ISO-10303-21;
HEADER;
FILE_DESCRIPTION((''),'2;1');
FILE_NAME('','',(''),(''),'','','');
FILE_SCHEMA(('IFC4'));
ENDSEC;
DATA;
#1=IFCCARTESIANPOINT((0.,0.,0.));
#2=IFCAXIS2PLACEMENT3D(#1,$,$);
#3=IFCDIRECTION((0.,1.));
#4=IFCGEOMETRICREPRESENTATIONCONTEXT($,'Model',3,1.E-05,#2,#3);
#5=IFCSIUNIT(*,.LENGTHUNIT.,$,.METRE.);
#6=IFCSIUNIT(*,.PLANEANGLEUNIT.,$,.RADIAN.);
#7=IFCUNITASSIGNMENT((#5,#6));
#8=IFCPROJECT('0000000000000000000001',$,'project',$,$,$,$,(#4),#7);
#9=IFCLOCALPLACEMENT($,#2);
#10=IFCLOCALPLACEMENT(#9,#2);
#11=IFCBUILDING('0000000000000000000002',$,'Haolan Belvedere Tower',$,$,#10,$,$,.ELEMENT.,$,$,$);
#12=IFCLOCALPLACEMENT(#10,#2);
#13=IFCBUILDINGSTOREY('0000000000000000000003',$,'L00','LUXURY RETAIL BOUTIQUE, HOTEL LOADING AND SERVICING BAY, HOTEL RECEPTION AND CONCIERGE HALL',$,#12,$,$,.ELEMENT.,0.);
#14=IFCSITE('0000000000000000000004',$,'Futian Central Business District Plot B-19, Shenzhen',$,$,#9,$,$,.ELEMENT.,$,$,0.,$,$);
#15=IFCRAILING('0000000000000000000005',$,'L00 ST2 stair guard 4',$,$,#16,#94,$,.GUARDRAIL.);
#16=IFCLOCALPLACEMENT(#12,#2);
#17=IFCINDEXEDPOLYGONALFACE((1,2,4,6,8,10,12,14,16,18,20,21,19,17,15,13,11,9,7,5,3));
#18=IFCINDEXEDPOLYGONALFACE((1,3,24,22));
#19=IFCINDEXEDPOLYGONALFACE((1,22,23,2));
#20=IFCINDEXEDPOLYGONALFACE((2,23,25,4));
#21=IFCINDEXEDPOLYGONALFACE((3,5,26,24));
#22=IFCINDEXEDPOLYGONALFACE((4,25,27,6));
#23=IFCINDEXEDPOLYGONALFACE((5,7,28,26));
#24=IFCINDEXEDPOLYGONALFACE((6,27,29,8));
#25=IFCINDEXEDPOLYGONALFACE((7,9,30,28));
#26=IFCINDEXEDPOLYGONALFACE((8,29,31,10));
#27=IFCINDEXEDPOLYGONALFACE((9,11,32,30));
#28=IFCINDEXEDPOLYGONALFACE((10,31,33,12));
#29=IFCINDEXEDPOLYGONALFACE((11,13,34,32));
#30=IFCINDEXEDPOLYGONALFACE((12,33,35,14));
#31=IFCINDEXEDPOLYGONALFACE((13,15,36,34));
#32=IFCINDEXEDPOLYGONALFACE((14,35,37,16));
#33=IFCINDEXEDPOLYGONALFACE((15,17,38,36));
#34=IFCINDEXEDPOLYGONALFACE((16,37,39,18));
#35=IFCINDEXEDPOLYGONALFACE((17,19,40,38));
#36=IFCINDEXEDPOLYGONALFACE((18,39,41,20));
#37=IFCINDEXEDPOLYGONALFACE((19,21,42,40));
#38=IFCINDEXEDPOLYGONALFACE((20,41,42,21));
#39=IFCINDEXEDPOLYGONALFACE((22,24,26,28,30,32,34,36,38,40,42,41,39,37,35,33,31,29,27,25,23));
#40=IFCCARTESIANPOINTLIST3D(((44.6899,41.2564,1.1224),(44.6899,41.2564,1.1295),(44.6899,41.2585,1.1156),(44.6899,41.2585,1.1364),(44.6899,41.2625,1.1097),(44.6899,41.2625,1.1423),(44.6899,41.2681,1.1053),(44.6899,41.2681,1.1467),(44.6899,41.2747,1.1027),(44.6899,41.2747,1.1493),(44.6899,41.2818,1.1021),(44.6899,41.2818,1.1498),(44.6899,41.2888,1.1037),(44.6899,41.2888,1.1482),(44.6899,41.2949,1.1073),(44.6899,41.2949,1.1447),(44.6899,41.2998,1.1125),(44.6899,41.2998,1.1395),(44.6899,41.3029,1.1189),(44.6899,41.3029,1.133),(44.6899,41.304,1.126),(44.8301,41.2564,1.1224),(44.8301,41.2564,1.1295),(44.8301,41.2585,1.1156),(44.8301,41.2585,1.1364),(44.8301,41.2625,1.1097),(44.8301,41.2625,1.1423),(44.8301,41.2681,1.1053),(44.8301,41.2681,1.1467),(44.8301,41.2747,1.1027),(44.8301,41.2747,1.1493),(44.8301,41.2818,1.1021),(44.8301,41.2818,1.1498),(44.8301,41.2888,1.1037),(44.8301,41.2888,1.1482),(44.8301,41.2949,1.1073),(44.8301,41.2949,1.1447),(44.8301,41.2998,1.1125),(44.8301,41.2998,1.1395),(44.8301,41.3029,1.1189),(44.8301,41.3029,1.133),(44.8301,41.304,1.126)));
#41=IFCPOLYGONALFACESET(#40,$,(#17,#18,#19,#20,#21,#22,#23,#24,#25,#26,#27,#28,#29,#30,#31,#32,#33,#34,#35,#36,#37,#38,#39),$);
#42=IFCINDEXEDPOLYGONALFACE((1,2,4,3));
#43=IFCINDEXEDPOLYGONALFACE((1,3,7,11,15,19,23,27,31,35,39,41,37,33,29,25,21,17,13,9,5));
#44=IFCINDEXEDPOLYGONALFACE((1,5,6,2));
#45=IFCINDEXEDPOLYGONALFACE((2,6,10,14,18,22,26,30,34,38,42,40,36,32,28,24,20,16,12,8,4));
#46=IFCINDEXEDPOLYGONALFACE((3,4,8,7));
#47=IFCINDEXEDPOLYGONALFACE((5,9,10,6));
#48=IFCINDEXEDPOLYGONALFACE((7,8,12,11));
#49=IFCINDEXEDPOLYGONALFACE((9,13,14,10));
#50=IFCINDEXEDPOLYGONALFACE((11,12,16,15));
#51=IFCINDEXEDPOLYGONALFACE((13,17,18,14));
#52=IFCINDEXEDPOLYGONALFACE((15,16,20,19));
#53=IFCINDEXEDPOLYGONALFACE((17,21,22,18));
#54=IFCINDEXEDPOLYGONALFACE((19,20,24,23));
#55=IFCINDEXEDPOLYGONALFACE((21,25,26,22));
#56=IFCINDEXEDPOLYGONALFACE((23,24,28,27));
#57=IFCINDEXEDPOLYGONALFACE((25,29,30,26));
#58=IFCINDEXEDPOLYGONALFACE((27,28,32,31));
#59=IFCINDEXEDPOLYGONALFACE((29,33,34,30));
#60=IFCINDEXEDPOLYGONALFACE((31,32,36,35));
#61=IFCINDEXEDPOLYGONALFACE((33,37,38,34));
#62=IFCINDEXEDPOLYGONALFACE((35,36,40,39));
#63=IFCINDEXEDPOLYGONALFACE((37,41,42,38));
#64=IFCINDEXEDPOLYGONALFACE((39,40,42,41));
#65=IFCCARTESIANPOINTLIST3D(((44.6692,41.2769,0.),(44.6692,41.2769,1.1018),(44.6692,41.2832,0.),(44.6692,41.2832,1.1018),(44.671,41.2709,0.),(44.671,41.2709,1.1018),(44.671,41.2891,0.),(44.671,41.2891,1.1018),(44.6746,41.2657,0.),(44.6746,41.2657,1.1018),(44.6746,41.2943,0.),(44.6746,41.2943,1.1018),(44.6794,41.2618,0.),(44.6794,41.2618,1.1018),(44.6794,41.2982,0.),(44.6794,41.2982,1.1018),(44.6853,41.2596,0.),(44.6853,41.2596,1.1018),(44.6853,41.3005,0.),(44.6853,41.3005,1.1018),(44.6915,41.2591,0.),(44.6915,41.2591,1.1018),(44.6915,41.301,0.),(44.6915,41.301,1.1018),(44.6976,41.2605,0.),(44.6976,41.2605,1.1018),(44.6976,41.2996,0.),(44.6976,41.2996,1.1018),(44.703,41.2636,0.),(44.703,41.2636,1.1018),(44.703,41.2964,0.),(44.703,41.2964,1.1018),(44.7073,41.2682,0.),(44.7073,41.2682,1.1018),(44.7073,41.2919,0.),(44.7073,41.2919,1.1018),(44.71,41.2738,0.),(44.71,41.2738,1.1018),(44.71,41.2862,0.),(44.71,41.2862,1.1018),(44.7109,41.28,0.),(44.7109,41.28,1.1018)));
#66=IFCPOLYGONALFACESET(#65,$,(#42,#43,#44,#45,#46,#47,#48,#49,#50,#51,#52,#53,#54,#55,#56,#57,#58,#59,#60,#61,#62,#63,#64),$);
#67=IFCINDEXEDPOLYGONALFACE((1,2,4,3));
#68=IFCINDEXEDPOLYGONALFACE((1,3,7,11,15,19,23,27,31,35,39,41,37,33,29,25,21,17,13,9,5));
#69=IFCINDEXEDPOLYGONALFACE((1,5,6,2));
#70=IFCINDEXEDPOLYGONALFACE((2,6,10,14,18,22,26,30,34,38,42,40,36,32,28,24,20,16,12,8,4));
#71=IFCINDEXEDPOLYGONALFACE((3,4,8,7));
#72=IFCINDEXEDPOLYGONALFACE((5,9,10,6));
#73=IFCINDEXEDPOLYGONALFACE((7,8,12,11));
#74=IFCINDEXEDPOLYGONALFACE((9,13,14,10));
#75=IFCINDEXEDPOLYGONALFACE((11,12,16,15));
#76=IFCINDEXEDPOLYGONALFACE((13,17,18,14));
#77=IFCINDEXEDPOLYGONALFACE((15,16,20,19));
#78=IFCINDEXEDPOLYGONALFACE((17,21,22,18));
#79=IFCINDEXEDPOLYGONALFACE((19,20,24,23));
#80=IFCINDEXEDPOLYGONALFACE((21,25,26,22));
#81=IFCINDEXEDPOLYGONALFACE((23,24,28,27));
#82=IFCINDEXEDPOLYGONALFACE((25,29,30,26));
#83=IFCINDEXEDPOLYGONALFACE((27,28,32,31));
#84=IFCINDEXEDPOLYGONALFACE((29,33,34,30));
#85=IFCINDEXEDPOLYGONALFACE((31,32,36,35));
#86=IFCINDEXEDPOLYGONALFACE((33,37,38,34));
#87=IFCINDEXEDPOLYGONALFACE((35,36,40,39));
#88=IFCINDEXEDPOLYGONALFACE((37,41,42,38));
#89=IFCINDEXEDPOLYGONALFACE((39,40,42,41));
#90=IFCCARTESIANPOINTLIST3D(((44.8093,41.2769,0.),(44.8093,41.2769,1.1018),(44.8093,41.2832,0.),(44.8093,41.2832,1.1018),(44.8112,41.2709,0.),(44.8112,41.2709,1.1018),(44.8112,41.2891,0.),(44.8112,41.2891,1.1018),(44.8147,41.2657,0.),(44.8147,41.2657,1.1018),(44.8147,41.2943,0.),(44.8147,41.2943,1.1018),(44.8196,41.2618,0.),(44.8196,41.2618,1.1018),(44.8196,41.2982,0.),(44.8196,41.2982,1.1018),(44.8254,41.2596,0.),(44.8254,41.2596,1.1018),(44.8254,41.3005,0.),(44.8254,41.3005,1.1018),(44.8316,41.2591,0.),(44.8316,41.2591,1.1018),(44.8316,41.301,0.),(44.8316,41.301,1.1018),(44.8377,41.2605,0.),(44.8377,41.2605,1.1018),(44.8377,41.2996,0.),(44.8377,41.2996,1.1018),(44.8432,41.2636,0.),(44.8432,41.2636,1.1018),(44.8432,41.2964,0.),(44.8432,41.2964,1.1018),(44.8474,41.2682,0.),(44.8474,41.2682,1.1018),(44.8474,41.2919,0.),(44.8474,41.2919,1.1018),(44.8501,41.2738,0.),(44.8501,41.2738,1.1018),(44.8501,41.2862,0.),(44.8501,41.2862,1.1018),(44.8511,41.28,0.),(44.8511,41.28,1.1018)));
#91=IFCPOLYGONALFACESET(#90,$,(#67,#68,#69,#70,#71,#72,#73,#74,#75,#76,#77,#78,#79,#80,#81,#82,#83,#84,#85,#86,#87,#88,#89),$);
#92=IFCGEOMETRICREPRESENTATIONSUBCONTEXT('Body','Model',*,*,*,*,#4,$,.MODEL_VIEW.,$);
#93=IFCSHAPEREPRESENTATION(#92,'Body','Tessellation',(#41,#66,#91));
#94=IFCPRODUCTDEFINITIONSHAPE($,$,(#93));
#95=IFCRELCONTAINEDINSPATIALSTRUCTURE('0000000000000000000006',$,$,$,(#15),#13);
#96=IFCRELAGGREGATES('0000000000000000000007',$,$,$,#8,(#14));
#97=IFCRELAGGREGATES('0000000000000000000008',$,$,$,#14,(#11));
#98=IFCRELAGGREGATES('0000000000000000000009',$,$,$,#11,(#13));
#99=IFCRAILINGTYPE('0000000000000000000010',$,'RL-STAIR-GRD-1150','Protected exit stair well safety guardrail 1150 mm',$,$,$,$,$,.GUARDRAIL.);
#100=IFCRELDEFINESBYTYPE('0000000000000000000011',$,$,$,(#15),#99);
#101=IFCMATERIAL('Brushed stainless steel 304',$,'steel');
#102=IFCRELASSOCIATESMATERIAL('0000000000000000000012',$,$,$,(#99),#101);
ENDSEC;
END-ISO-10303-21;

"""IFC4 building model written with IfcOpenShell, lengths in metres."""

from ifc_helpers import new_model, si_unit, direction, frame, origin, origin_2d, place, context, subcontext, project, spatial, circle, extrude, material, type_object, element, save


model = new_model("IFC4")

# Units and contexts
model_context = context("Model", 3, precision=1e-05, world=origin(), true_north=direction((0.0, 1.0)))
body_context = subcontext(model_context, "Body", "Model", "MODEL_VIEW")
ifc_project = project(units=[si_unit("LENGTHUNIT", "METRE"), si_unit("PLANEANGLEUNIT", "RADIAN")], contexts=[model_context])

# Site, building, storey
site_placement = place(None, origin())
site = spatial("IfcSite", under=ifc_project, at=site_placement, Name="Futian Central Business District Plot B-19, Shenzhen", CompositionType="ELEMENT", RefElevation=0.0)
building_placement = place(site_placement, origin())
building = spatial("IfcBuilding", under=site, at=building_placement, Name="Haolan Belvedere Tower", CompositionType="ELEMENT")
storey_placement = place(building_placement, origin())
storey = spatial("IfcBuildingStorey", under=building, at=storey_placement, Name="L00", Description="LUXURY RETAIL BOUTIQUE, HOTEL LOADING AND SERVICING BAY, HOTEL RECEPTION AND CONCIERGE HALL", CompositionType="ELEMENT", Elevation=0.0)

# Railing
ifc_material_1 = material(Name="Brushed stainless steel 304", Category="steel")
railing_type_1 = type_object("IfcRailingType", Name="RL-STAIR-GRD-1150", Description="Protected exit stair well safety guardrail 1150 mm", PredefinedType="GUARDRAIL", material=ifc_material_1)
railing_1_placement = place(storey_placement, frame((44.6899, 41.28, 0.0)))
element("IfcRailing", 1, at=railing_1_placement, inside=storey, type_object=railing_type_1, Name="L00 ST2 stair guard 4", PredefinedType="GUARDRAIL", context=body_context, shape_type="SweptSolid", body=[
    extrude(circle(Radius=0.0239, at=origin_2d()), frame((0.0, 0.0, 1.126), z_axis=(1.0, 0.0, 0.0), x_axis=(0.0, 1.0, 0.0)), (0.0, 0.0, 1.0), 0.1401),
    extrude(circle(Radius=0.021, at=origin_2d()), origin(), (0.0, 0.0, 1.0), 1.1018),
    extrude(circle(Radius=0.021, at=origin_2d()), frame((0.1401, 0.0, 0.0)), (0.0, 0.0, 1.0), 1.1018),
])

save(model, "model.ifc")
